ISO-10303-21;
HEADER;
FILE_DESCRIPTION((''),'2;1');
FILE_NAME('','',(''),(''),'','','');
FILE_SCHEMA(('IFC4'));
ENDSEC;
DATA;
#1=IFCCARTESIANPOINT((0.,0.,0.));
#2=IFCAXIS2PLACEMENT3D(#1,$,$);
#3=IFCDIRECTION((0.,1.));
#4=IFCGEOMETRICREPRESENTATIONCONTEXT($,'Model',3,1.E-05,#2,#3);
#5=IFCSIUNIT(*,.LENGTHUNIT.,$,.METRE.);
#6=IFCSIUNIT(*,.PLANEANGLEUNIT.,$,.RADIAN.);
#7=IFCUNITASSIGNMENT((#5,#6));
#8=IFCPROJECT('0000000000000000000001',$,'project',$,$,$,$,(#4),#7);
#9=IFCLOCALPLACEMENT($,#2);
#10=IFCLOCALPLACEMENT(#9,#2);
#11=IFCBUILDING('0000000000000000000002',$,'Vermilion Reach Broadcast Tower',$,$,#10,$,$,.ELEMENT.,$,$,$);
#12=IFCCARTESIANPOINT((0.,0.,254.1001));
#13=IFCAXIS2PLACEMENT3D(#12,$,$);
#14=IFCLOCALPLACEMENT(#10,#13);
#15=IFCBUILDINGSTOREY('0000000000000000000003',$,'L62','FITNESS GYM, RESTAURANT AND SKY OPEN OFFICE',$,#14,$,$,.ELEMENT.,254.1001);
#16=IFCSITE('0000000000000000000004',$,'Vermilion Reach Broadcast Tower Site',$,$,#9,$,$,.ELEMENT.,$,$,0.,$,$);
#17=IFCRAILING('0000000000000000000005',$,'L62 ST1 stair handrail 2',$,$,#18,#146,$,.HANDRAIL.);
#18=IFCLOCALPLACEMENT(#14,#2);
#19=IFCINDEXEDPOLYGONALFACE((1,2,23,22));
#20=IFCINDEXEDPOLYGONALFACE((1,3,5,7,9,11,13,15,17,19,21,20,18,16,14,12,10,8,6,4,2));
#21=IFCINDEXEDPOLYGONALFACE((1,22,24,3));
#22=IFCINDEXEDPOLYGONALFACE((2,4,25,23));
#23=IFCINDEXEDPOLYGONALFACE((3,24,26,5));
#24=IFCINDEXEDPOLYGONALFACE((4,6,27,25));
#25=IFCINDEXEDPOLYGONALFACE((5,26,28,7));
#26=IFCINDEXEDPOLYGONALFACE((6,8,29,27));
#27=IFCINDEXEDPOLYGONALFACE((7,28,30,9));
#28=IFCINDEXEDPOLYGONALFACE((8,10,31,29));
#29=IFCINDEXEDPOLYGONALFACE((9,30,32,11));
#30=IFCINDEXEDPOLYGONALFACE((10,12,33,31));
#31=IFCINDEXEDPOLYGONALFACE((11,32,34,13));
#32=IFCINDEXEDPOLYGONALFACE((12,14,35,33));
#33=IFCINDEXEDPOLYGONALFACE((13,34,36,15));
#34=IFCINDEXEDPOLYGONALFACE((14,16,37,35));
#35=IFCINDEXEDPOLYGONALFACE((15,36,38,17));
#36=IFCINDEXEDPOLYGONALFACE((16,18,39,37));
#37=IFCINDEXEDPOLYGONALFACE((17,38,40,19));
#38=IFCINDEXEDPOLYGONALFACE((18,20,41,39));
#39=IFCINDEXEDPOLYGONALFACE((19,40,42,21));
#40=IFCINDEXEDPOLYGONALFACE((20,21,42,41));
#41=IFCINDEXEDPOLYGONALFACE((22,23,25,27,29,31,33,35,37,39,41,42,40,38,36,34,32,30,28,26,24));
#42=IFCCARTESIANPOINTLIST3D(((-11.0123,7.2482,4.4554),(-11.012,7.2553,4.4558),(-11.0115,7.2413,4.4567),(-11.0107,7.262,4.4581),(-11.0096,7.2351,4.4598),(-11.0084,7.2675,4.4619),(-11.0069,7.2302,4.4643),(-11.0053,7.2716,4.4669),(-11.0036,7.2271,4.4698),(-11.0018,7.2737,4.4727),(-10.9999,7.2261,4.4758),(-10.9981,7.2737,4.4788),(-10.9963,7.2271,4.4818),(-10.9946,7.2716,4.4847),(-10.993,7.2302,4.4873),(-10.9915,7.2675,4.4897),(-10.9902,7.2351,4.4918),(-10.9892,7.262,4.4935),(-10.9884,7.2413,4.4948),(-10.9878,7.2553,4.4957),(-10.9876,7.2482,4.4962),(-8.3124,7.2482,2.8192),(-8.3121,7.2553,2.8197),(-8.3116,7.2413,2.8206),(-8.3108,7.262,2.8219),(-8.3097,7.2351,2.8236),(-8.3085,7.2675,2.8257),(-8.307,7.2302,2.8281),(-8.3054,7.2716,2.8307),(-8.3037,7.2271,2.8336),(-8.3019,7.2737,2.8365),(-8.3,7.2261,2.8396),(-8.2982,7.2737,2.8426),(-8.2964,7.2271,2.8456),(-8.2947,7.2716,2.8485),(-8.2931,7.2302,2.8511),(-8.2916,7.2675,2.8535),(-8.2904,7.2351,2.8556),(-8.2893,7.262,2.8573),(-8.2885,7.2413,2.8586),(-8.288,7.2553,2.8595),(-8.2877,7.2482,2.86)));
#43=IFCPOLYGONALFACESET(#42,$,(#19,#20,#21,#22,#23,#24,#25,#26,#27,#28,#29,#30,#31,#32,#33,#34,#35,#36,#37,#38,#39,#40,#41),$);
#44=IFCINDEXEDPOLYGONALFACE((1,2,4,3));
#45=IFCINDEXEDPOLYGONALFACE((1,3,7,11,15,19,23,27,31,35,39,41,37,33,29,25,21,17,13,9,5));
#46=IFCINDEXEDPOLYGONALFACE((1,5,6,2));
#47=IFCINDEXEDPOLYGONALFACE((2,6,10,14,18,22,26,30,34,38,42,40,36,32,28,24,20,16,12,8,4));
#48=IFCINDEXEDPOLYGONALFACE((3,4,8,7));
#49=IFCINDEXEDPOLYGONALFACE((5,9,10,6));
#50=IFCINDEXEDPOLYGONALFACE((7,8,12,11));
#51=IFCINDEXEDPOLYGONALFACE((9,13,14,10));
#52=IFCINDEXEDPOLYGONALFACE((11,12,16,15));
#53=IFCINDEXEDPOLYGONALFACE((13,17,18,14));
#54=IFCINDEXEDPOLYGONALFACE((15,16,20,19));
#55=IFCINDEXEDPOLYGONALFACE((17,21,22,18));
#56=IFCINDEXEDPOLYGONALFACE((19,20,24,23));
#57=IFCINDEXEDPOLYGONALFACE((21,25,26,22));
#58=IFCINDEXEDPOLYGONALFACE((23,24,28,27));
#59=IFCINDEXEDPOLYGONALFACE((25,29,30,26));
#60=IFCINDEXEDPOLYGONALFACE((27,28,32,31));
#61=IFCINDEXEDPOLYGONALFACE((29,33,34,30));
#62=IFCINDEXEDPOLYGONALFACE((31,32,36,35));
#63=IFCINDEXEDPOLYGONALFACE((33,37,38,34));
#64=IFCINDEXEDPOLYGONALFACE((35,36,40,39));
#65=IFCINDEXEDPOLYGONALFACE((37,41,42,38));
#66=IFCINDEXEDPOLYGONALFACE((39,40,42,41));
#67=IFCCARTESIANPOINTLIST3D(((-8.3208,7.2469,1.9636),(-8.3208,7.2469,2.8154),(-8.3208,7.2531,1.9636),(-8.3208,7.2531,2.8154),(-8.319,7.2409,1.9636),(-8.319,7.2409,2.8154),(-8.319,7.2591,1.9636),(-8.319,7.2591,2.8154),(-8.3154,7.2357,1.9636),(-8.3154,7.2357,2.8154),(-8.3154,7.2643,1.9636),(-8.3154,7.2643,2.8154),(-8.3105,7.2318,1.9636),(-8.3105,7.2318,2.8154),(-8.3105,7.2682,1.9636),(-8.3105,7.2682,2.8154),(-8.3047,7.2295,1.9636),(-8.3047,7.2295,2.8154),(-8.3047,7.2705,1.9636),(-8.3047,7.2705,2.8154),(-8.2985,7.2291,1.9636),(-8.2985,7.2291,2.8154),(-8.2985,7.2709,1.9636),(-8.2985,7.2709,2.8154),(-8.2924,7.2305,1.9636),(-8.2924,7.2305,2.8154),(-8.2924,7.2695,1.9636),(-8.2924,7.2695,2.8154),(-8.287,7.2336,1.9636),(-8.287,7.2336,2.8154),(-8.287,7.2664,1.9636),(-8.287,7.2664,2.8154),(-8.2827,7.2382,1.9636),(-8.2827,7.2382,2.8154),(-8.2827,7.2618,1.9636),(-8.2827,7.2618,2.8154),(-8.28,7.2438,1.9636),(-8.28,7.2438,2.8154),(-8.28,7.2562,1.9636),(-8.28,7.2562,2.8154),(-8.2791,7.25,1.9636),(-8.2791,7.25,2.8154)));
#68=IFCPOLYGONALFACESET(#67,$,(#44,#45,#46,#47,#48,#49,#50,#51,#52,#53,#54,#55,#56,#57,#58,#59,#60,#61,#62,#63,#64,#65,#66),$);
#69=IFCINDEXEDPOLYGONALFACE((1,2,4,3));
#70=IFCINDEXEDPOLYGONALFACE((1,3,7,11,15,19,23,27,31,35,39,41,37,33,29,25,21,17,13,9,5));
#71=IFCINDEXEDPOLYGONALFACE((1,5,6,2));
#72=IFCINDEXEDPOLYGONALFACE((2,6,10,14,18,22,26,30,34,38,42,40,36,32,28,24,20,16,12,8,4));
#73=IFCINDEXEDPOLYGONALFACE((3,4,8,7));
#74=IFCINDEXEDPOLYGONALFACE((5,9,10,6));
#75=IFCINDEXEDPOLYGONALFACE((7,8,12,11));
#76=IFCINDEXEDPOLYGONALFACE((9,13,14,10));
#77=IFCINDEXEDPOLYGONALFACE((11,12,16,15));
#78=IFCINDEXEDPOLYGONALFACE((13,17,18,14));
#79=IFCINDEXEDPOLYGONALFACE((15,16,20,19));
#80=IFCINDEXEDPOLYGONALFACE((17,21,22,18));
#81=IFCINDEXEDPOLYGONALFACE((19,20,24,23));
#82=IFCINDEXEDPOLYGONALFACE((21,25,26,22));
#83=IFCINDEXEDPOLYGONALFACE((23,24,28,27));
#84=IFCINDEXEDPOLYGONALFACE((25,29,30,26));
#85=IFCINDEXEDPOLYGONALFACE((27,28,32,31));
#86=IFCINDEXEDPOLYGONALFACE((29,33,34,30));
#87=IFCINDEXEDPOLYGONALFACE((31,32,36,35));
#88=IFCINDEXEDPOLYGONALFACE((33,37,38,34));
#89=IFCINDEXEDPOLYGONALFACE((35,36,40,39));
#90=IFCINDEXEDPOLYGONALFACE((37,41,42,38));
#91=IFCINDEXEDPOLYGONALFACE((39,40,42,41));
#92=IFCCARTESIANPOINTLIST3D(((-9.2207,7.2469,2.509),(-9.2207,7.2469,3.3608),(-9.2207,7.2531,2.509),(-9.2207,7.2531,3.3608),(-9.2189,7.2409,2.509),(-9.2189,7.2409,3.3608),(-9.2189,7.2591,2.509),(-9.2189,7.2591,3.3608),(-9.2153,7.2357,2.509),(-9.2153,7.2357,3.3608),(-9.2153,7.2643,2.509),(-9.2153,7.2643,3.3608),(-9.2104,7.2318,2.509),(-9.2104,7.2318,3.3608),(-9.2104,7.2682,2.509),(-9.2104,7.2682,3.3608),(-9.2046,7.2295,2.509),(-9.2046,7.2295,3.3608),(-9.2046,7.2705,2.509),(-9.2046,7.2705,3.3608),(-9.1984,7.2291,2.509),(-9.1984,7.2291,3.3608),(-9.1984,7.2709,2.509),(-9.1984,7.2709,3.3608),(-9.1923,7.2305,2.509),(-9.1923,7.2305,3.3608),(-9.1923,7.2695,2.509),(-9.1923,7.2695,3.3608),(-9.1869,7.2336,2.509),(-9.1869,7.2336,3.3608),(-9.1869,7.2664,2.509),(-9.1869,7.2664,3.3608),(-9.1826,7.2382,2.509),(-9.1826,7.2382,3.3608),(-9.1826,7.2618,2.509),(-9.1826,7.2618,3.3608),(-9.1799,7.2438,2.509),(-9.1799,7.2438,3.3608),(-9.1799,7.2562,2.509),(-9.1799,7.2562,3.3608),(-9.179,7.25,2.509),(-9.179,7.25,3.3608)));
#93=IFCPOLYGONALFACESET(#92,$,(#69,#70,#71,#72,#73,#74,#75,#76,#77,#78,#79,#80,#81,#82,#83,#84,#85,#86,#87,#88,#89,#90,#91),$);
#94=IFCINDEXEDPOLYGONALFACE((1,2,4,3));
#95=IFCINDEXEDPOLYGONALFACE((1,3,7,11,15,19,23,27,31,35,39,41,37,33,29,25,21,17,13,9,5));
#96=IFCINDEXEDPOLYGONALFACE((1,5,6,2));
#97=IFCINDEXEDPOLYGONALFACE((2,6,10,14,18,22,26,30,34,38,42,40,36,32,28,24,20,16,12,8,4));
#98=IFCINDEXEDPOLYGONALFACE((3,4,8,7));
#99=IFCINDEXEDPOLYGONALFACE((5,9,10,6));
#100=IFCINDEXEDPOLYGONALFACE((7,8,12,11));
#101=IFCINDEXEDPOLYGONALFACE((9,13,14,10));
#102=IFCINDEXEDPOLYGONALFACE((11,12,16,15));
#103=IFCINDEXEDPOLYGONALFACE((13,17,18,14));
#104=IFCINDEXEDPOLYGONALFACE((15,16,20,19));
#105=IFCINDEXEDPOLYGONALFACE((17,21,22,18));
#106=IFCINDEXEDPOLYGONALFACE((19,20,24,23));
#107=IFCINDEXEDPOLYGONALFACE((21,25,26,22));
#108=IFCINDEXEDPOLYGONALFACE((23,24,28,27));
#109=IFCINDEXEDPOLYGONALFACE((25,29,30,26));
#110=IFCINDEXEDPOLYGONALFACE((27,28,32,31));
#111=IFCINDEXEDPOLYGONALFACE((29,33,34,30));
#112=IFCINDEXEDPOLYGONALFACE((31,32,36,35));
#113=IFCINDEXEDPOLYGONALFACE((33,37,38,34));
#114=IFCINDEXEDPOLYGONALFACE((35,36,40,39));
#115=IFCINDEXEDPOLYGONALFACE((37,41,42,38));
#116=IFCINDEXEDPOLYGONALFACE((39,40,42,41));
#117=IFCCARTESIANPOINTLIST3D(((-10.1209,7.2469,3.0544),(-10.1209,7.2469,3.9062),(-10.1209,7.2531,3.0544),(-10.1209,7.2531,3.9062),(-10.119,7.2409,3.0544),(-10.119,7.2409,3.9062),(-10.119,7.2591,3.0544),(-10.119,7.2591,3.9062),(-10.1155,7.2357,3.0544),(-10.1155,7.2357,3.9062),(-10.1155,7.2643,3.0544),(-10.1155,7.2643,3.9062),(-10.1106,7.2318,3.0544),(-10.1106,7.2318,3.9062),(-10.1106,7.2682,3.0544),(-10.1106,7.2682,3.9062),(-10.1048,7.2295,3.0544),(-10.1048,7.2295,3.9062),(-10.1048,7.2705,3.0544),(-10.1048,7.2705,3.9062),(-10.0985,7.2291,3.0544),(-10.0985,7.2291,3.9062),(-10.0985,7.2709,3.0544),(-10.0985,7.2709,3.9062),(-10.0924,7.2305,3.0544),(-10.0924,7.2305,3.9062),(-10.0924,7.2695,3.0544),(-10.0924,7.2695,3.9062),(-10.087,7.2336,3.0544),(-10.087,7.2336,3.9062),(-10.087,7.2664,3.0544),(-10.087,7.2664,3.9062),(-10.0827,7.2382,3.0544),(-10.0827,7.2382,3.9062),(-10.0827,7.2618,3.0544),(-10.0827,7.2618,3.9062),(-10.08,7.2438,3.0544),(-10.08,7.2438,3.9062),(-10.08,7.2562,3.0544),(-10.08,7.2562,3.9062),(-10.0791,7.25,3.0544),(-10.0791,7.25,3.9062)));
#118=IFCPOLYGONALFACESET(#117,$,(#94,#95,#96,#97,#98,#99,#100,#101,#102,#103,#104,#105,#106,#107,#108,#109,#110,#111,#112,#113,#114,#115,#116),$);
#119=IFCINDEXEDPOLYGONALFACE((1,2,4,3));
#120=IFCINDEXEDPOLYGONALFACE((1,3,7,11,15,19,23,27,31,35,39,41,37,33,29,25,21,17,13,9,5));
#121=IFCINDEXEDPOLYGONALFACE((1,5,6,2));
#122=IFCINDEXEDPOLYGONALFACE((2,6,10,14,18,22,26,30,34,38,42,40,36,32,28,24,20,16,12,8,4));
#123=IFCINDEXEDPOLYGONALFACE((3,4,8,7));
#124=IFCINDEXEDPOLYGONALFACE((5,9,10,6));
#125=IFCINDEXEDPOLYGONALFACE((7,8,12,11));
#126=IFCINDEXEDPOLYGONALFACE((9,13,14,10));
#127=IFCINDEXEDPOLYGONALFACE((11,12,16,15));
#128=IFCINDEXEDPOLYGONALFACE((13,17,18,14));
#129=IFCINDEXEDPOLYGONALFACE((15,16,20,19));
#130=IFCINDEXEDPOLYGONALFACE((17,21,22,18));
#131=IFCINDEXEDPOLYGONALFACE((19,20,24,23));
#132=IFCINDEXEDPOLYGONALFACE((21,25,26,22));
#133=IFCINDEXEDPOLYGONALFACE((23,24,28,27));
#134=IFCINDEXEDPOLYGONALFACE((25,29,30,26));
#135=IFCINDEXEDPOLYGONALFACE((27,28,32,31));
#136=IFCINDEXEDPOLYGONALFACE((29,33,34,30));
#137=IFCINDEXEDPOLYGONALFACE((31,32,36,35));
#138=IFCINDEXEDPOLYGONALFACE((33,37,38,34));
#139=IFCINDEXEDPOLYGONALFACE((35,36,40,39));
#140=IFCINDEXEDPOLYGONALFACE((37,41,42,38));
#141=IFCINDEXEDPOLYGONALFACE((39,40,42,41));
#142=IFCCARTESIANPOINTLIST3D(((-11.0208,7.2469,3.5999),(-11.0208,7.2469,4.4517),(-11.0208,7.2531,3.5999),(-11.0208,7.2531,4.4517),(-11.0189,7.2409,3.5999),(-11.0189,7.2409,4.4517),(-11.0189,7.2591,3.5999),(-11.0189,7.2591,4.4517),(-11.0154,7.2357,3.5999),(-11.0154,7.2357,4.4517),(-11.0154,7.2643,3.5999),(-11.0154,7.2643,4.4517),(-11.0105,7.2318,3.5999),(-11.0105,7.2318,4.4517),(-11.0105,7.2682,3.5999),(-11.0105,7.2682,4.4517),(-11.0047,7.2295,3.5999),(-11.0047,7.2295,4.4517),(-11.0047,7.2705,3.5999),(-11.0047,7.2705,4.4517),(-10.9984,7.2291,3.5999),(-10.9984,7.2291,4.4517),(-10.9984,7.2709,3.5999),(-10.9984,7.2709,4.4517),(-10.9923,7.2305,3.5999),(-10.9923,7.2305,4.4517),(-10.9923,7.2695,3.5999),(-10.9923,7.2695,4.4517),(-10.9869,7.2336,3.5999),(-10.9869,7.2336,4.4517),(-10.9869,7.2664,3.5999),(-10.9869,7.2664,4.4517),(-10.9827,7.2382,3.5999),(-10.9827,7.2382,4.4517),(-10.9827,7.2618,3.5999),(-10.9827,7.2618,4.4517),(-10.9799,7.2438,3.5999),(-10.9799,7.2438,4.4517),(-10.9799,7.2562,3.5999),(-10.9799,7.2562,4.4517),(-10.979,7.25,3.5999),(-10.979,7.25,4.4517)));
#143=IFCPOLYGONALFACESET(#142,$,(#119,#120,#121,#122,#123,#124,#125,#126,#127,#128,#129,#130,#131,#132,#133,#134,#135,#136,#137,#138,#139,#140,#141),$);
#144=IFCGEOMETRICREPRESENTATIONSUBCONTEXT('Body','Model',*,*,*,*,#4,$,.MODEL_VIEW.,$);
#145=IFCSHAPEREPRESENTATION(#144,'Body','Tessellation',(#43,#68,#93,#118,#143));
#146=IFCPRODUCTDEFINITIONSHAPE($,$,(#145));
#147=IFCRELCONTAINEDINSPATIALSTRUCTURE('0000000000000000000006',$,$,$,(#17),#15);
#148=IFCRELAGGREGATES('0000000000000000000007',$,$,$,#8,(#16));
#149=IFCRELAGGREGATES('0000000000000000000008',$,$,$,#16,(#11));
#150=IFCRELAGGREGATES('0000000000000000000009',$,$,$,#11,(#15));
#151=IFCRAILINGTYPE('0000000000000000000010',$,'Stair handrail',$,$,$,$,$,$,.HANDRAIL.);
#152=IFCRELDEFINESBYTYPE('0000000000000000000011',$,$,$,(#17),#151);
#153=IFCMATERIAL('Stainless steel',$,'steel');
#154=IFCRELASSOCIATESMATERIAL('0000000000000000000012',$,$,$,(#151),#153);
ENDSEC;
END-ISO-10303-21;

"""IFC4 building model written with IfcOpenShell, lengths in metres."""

from ifc_helpers import new_model, si_unit, direction, frame, origin, origin_2d, place, context, subcontext, project, spatial, circle, extrude, material, type_object, element, save


model = new_model("IFC4")

# Units and contexts
model_context = context("Model", 3, precision=1e-05, world=origin(), true_north=direction((0.0, 1.0)))
body_context = subcontext(model_context, "Body", "Model", "MODEL_VIEW")
ifc_project = project(units=[si_unit("LENGTHUNIT", "METRE"), si_unit("PLANEANGLEUNIT", "RADIAN")], contexts=[model_context])

# Site, building, storey
site_placement = place(None, origin())
site = spatial("IfcSite", under=ifc_project, at=site_placement, Name="Vermilion Reach Broadcast Tower Site", CompositionType="ELEMENT", RefElevation=0.0)
building_placement = place(site_placement, origin())
building = spatial("IfcBuilding", under=site, at=building_placement, Name="Vermilion Reach Broadcast Tower", CompositionType="ELEMENT")
storey_placement = place(building_placement, frame((0.0, 0.0, 254.1001)))
storey = spatial("IfcBuildingStorey", under=building, at=storey_placement, Name="L62", Description="FITNESS GYM, RESTAURANT AND SKY OPEN OFFICE", CompositionType="ELEMENT", Elevation=254.1001)

# Railing
ifc_material_1 = material(Name="Stainless steel", Category="steel")
railing_type_1 = type_object("IfcRailingType", Name="Stair handrail", PredefinedType="HANDRAIL", material=ifc_material_1)
railing_1_placement = place(storey_placement, frame((-8.3, 7.25, 1.9636)))
element("IfcRailing", 1, at=railing_1_placement, inside=storey, type_object=railing_type_1, Name="L62 ST1 stair handrail 2", PredefinedType="HANDRAIL", context=body_context, shape_type="SweptSolid", body=[
    extrude(circle(Radius=0.0239, at=origin_2d()), frame((0.0, 0.0, 0.876), z_axis=(-0.855212, 0.0, 0.518278), x_axis=(0.0, -1.0, 0.0)), (0.0, 0.0, 1.0), 3.157),
    extrude(circle(Radius=0.021, at=origin_2d()), origin(), (0.0, 0.0, 1.0), 0.8518),
    extrude(circle(Radius=0.021, at=origin_2d()), frame((-0.8999, 0.0, 0.5454)), (0.0, 0.0, 1.0), 0.8518),
    extrude(circle(Radius=0.021, at=origin_2d()), frame((-1.8, 0.0, 1.0908)), (0.0, 0.0, 1.0), 0.8518),
    extrude(circle(Radius=0.021, at=origin_2d()), frame((-2.7, 0.0, 1.6362)), (0.0, 0.0, 1.0), 0.8518),
])

save(model, "model.ifc")
